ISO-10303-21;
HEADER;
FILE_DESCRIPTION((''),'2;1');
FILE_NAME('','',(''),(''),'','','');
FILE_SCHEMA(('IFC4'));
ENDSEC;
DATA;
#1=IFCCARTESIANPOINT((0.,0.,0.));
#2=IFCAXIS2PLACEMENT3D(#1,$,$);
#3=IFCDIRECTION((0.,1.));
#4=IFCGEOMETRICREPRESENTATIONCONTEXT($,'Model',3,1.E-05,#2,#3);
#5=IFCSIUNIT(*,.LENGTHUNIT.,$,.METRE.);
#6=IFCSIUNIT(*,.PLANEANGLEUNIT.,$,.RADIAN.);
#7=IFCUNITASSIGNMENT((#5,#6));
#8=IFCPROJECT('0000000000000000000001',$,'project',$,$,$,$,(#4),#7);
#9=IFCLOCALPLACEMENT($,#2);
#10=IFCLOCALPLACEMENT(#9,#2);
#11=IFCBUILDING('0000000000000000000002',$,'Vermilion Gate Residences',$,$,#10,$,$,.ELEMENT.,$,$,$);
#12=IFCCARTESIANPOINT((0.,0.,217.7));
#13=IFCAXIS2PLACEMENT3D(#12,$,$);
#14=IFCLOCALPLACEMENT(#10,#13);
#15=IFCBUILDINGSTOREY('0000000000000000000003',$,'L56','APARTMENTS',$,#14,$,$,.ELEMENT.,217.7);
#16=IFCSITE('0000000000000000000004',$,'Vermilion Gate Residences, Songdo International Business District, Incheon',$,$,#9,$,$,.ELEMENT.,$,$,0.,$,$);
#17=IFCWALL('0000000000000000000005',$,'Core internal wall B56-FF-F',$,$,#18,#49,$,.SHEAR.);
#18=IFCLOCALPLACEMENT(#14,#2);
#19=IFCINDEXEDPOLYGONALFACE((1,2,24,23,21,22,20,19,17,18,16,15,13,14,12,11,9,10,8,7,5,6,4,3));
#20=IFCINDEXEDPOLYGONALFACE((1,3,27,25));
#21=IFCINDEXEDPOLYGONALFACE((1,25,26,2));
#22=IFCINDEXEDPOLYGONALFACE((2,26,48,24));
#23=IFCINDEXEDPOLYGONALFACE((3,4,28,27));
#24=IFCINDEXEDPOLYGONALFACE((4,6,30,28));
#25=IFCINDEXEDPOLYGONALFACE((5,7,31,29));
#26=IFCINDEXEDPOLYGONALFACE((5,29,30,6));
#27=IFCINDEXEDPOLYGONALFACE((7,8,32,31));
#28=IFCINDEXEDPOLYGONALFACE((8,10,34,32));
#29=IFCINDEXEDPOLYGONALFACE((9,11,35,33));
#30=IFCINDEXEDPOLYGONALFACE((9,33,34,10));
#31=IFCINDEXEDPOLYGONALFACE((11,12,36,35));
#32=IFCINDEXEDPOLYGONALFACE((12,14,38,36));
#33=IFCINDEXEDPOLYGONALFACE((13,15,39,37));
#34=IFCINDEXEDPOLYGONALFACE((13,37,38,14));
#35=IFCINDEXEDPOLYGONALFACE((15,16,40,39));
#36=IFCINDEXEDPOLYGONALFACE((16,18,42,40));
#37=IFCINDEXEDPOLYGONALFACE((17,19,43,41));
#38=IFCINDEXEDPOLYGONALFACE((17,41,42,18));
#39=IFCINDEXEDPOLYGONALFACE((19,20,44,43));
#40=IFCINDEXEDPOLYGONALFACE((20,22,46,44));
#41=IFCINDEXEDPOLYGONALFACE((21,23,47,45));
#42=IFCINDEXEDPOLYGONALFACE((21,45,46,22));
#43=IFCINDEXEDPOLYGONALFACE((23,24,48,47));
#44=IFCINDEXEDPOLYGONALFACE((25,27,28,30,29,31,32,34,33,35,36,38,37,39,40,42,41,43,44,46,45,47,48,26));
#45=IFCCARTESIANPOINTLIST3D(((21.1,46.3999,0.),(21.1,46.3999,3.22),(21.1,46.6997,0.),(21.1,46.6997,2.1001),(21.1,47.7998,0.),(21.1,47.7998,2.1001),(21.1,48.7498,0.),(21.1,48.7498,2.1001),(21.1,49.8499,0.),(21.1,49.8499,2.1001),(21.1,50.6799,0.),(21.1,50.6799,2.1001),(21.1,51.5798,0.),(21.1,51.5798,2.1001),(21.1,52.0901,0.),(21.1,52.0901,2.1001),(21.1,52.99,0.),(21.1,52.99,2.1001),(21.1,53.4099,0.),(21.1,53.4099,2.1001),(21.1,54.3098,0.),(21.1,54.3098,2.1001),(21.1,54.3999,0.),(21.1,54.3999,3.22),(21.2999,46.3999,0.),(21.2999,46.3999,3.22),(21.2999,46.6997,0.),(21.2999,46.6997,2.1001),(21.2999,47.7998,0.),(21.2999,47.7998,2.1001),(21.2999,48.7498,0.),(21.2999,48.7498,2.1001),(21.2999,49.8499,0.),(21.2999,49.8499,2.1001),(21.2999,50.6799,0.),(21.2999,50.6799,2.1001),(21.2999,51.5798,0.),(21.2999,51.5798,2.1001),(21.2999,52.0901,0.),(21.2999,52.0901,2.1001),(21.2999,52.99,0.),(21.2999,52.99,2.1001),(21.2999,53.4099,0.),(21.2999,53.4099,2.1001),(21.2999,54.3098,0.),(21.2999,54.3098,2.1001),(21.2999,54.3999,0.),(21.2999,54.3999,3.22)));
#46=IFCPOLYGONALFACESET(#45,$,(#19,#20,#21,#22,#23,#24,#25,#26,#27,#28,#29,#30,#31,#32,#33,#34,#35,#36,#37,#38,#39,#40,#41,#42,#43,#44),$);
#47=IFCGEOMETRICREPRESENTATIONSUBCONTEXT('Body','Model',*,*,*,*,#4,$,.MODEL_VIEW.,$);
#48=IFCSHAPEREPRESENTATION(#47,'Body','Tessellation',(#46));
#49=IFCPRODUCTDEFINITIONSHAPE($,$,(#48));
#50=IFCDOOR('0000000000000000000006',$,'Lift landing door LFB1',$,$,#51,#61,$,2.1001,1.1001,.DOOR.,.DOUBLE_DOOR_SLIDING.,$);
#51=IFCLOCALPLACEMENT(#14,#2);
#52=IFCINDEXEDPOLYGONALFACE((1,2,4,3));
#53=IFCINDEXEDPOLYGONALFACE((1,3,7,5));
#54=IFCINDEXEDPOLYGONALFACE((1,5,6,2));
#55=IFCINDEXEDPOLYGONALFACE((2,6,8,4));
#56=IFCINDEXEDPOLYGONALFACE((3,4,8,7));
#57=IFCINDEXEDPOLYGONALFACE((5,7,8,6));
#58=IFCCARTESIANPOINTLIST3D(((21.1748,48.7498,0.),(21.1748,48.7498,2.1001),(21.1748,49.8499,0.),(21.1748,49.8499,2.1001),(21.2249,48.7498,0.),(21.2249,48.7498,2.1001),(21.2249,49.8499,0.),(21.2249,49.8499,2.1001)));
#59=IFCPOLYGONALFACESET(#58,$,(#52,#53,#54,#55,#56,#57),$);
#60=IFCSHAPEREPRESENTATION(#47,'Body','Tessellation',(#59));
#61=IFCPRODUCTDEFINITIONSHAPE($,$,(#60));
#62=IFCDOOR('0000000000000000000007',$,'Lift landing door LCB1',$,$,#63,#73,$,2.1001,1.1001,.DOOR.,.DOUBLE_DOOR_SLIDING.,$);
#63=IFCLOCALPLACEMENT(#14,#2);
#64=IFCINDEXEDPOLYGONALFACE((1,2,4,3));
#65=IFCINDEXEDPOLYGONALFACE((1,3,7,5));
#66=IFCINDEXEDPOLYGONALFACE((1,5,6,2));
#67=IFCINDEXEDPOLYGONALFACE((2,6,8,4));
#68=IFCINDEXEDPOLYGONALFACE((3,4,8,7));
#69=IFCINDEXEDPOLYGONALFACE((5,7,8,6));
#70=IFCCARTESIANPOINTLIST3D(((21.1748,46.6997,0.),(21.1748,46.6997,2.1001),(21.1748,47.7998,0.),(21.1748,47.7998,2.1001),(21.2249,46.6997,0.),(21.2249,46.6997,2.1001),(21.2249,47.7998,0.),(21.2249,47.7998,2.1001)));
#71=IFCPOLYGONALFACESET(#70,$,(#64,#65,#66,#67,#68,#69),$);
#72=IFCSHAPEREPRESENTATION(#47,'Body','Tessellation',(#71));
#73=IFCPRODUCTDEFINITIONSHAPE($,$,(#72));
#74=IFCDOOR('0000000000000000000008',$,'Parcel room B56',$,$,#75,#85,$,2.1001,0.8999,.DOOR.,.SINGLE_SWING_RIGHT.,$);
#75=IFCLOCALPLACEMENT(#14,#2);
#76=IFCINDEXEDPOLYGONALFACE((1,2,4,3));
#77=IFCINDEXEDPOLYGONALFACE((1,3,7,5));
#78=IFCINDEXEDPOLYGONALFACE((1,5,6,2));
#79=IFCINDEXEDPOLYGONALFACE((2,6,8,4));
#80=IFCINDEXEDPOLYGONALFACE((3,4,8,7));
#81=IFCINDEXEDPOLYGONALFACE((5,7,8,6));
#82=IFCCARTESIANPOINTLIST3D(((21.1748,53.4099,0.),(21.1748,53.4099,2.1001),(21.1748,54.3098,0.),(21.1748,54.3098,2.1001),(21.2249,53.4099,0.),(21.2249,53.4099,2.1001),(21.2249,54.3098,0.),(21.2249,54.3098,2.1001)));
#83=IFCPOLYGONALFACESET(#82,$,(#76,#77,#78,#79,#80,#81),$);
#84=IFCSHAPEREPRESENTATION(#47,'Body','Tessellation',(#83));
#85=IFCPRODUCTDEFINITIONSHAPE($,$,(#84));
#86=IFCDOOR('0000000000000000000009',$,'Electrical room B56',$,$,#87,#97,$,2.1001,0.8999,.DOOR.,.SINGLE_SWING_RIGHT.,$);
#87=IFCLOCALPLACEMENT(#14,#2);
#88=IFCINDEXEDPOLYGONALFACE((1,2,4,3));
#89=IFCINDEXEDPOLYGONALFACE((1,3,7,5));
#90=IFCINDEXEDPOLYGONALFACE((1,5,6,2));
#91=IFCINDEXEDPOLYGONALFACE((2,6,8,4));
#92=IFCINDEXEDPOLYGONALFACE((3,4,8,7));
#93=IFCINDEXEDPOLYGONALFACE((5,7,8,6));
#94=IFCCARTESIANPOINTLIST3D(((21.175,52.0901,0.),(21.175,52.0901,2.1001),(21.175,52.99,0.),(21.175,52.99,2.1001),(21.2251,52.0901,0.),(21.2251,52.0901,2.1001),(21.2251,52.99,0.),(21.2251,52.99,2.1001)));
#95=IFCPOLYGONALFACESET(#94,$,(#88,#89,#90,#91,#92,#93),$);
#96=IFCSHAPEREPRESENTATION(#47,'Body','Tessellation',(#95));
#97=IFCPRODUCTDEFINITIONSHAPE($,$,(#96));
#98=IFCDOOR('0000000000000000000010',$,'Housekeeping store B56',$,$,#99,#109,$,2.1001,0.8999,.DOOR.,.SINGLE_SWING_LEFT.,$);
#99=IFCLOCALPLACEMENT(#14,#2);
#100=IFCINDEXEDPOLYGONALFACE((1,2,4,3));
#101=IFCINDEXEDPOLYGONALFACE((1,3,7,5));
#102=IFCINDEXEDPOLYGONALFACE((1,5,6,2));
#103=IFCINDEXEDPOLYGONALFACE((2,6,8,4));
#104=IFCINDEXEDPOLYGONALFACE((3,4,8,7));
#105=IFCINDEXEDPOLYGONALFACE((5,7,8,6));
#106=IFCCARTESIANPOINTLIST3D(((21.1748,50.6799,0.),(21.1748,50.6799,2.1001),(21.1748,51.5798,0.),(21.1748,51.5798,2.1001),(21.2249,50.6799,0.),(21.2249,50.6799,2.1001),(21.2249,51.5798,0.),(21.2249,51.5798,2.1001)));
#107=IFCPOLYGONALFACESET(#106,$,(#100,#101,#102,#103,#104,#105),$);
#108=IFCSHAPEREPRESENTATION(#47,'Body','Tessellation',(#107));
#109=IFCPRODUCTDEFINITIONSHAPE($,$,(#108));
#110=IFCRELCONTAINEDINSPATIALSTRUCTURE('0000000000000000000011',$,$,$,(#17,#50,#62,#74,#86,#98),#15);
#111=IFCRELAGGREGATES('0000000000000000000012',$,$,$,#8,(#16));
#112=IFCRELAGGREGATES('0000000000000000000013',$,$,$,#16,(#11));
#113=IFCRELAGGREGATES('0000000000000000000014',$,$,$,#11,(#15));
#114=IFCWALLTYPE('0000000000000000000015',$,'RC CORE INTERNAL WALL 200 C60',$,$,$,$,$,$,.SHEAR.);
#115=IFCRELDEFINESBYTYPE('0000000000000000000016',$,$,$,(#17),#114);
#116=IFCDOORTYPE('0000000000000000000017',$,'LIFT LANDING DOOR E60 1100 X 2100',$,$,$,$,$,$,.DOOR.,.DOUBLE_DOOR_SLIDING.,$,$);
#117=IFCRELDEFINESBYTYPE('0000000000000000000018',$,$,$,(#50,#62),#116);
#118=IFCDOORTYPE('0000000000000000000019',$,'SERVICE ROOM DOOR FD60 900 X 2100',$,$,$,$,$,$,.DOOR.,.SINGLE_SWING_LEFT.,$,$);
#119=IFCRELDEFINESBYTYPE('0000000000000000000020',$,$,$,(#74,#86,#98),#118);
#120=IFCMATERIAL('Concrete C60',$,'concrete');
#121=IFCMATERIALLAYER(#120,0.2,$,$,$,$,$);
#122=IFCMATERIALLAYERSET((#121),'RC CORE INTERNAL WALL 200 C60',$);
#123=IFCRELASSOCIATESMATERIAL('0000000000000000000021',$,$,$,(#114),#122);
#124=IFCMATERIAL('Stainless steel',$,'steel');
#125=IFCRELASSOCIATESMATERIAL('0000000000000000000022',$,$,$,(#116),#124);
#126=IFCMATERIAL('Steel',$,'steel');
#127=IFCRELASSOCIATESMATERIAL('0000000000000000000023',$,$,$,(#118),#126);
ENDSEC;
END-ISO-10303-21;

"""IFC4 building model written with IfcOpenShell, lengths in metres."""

from ifc_helpers import new_model, si_unit, direction, frame, frame_2d, origin, place, context, subcontext, project, spatial, rectangle, extrude, material, layer, layer_set, type_object, element, fill, save


model = new_model("IFC4")

# Units and contexts
model_context = context("Model", 3, precision=1e-05, world=origin(), true_north=direction((0.0, 1.0)))
body_context = subcontext(model_context, "Body", "Model", "MODEL_VIEW")
ifc_project = project(units=[si_unit("LENGTHUNIT", "METRE"), si_unit("PLANEANGLEUNIT", "RADIAN")], contexts=[model_context])

# Site, building, storey
site_placement = place(None, origin())
site = spatial("IfcSite", under=ifc_project, at=site_placement, Name="Vermilion Gate Residences, Songdo International Business District, Incheon", CompositionType="ELEMENT", RefElevation=0.0)
building_placement = place(site_placement, origin())
building = spatial("IfcBuilding", under=site, at=building_placement, Name="Vermilion Gate Residences", CompositionType="ELEMENT")
storey_placement = place(building_placement, frame((0.0, 0.0, 217.7)))
storey = spatial("IfcBuildingStorey", under=building, at=storey_placement, Name="L56", Description="APARTMENTS", CompositionType="ELEMENT", Elevation=217.7)

# Shared definitions
ifc_material_1 = material(Name="Concrete C60", Category="concrete")
ifc_layer_1 = layer(ifc_material_1, 0.2)
ifc_layer_set_1 = layer_set([ifc_layer_1], Name="RC CORE INTERNAL WALL 200 C60")
wall_type_1 = type_object("IfcWallType", Name="RC CORE INTERNAL WALL 200 C60", PredefinedType="SHEAR", material=ifc_layer_set_1)

# Wall, openings, doors
wall_1_placement = place(storey_placement, frame((21.2, 54.3999, 0.0), z_axis=(0.0, 0.0, 1.0), x_axis=(0.0, -1.0, 0.0)))
wall_1 = element("IfcWall", 1, at=wall_1_placement, inside=storey, type_object=wall_type_1, Name="Core internal wall B56-FF-F", PredefinedType="SHEAR", context=body_context, shape_type="SweptSolid", body=[
    extrude(rectangle(XDim=8.0, YDim=0.2, at=frame_2d((4.0, 0.0))), origin(), (0.0, 0.0, 1.0), 3.22),
])
opening_1_placement = place(wall_1_placement, frame((0.0901, 0.0, 0.0)))
opening_1 = element("IfcOpeningElement", 2, at=opening_1_placement, cuts=wall_1, PredefinedType="OPENING", context=body_context, shape_type="SweptSolid", body=[
    extrude(rectangle(XDim=0.8999, YDim=2.1001, at=frame_2d((0.45, 1.05))), frame((0.0, 0.1099, 0.0), z_axis=(0.0, -1.0, 0.0), x_axis=(1.0, 0.0, 0.0)), (0.0, 0.0, 1.0), 0.22),
])
opening_2_placement = place(wall_1_placement, frame((1.4099, 0.0, 0.0)))
opening_2 = element("IfcOpeningElement", 3, at=opening_2_placement, cuts=wall_1, PredefinedType="OPENING", context=body_context, shape_type="SweptSolid", body=[
    extrude(rectangle(XDim=0.8999, YDim=2.1001, at=frame_2d((0.45, 1.05))), frame((0.0, 0.1099, 0.0), z_axis=(0.0, -1.0, 0.0), x_axis=(1.0, 0.0, 0.0)), (0.0, 0.0, 1.0), 0.22),
])
opening_3_placement = place(wall_1_placement, frame((2.8201, 0.0, 0.0)))
opening_3 = element("IfcOpeningElement", 4, at=opening_3_placement, cuts=wall_1, PredefinedType="OPENING", context=body_context, shape_type="SweptSolid", body=[
    extrude(rectangle(XDim=0.8999, YDim=2.1001, at=frame_2d((0.45, 1.05))), frame((0.0, 0.1099, 0.0), z_axis=(0.0, -1.0, 0.0), x_axis=(1.0, 0.0, 0.0)), (0.0, 0.0, 1.0), 0.22),
])
opening_4_placement = place(wall_1_placement, frame((4.55, 0.0, 0.0)))
opening_4 = element("IfcOpeningElement", 5, at=opening_4_placement, cuts=wall_1, PredefinedType="OPENING", context=body_context, shape_type="SweptSolid", body=[
    extrude(rectangle(XDim=1.1001, YDim=2.1001, at=frame_2d((0.55, 1.05))), frame((0.0, 0.1099, 0.0), z_axis=(0.0, -1.0, 0.0), x_axis=(1.0, 0.0, 0.0)), (0.0, 0.0, 1.0), 0.22),
])
opening_5_placement = place(wall_1_placement, frame((6.6001, 0.0, 0.0)))
opening_5 = element("IfcOpeningElement", 6, at=opening_5_placement, cuts=wall_1, PredefinedType="OPENING", context=body_context, shape_type="SweptSolid", body=[
    extrude(rectangle(XDim=1.1001, YDim=2.1001, at=frame_2d((0.55, 1.05))), frame((0.0, 0.1099, 0.0), z_axis=(0.0, -1.0, 0.0), x_axis=(1.0, 0.0, 0.0)), (0.0, 0.0, 1.0), 0.22),
])
ifc_material_2 = material(Name="Stainless steel", Category="steel")
door_type_1 = type_object("IfcDoorType", Name="LIFT LANDING DOOR E60 1100 X 2100", OperationType="DOUBLE_DOOR_SLIDING", PredefinedType="DOOR", material=ifc_material_2)
door_1_placement = place(opening_4_placement, origin())
door_1 = element("IfcDoor", 7, at=door_1_placement, inside=storey, type_object=door_type_1, Name="Lift landing door LFB1", OperationType="DOUBLE_DOOR_SLIDING", OverallHeight=2.1001, OverallWidth=1.1001, PredefinedType="DOOR", context=body_context, shape_type="SweptSolid", body=[
    extrude(rectangle(XDim=1.1001, YDim=2.1001, at=frame_2d((0.55, 1.05))), frame((0.0, 0.0249, 0.0), z_axis=(0.0, -1.0, 0.0), x_axis=(1.0, 0.0, 0.0)), (0.0, 0.0, 1.0), 0.05),
])
fill(opening_4, door_1)
door_2_placement = place(opening_5_placement, origin())
door_2 = element("IfcDoor", 8, at=door_2_placement, inside=storey, type_object=door_type_1, Name="Lift landing door LCB1", OperationType="DOUBLE_DOOR_SLIDING", OverallHeight=2.1001, OverallWidth=1.1001, PredefinedType="DOOR", context=body_context, shape_type="SweptSolid", body=[
    extrude(rectangle(XDim=1.1001, YDim=2.1001, at=frame_2d((0.55, 1.05))), frame((0.0, 0.0249, 0.0), z_axis=(0.0, -1.0, 0.0), x_axis=(1.0, 0.0, 0.0)), (0.0, 0.0, 1.0), 0.05),
])
fill(opening_5, door_2)
ifc_material_3 = material(Name="Steel", Category="steel")
door_type_2 = type_object("IfcDoorType", Name="SERVICE ROOM DOOR FD60 900 X 2100", OperationType="SINGLE_SWING_LEFT", PredefinedType="DOOR", material=ifc_material_3)
door_3_placement = place(opening_1_placement, origin())
door_3 = element("IfcDoor", 9, at=door_3_placement, inside=storey, type_object=door_type_2, Name="Parcel room B56", OperationType="SINGLE_SWING_RIGHT", OverallHeight=2.1001, OverallWidth=0.8999, PredefinedType="DOOR", context=body_context, shape_type="SweptSolid", body=[
    extrude(rectangle(XDim=0.8999, YDim=2.1001, at=frame_2d((0.45, 1.05))), frame((0.0, 0.0249, 0.0), z_axis=(0.0, -1.0, 0.0), x_axis=(1.0, 0.0, 0.0)), (0.0, 0.0, 1.0), 0.05),
])
fill(opening_1, door_3)
door_4_placement = place(opening_2_placement, frame((0.8999, 0.0, 0.0), z_axis=(0.0, 0.0, 1.0), x_axis=(-1.0, 0.0, 0.0)))
door_4 = element("IfcDoor", 10, at=door_4_placement, inside=storey, type_object=door_type_2, Name="Electrical room B56", OperationType="SINGLE_SWING_RIGHT", OverallHeight=2.1001, OverallWidth=0.8999, PredefinedType="DOOR", context=body_context, shape_type="SweptSolid", body=[
    extrude(rectangle(XDim=0.8999, YDim=2.1001, at=frame_2d((0.45, 1.05))), frame((0.0, 0.0249, 0.0), z_axis=(0.0, -1.0, 0.0), x_axis=(1.0, 0.0, 0.0)), (0.0, 0.0, 1.0), 0.05),
])
fill(opening_2, door_4)
door_5_placement = place(opening_3_placement, origin())
door_5 = element("IfcDoor", 11, at=door_5_placement, inside=storey, type_object=door_type_2, Name="Housekeeping store B56", OperationType="SINGLE_SWING_LEFT", OverallHeight=2.1001, OverallWidth=0.8999, PredefinedType="DOOR", context=body_context, shape_type="SweptSolid", body=[
    extrude(rectangle(XDim=0.8999, YDim=2.1001, at=frame_2d((0.45, 1.05))), frame((0.0, 0.0249, 0.0), z_axis=(0.0, -1.0, 0.0), x_axis=(1.0, 0.0, 0.0)), (0.0, 0.0, 1.0), 0.05),
])
fill(opening_3, door_5)

save(model, "model.ifc")
